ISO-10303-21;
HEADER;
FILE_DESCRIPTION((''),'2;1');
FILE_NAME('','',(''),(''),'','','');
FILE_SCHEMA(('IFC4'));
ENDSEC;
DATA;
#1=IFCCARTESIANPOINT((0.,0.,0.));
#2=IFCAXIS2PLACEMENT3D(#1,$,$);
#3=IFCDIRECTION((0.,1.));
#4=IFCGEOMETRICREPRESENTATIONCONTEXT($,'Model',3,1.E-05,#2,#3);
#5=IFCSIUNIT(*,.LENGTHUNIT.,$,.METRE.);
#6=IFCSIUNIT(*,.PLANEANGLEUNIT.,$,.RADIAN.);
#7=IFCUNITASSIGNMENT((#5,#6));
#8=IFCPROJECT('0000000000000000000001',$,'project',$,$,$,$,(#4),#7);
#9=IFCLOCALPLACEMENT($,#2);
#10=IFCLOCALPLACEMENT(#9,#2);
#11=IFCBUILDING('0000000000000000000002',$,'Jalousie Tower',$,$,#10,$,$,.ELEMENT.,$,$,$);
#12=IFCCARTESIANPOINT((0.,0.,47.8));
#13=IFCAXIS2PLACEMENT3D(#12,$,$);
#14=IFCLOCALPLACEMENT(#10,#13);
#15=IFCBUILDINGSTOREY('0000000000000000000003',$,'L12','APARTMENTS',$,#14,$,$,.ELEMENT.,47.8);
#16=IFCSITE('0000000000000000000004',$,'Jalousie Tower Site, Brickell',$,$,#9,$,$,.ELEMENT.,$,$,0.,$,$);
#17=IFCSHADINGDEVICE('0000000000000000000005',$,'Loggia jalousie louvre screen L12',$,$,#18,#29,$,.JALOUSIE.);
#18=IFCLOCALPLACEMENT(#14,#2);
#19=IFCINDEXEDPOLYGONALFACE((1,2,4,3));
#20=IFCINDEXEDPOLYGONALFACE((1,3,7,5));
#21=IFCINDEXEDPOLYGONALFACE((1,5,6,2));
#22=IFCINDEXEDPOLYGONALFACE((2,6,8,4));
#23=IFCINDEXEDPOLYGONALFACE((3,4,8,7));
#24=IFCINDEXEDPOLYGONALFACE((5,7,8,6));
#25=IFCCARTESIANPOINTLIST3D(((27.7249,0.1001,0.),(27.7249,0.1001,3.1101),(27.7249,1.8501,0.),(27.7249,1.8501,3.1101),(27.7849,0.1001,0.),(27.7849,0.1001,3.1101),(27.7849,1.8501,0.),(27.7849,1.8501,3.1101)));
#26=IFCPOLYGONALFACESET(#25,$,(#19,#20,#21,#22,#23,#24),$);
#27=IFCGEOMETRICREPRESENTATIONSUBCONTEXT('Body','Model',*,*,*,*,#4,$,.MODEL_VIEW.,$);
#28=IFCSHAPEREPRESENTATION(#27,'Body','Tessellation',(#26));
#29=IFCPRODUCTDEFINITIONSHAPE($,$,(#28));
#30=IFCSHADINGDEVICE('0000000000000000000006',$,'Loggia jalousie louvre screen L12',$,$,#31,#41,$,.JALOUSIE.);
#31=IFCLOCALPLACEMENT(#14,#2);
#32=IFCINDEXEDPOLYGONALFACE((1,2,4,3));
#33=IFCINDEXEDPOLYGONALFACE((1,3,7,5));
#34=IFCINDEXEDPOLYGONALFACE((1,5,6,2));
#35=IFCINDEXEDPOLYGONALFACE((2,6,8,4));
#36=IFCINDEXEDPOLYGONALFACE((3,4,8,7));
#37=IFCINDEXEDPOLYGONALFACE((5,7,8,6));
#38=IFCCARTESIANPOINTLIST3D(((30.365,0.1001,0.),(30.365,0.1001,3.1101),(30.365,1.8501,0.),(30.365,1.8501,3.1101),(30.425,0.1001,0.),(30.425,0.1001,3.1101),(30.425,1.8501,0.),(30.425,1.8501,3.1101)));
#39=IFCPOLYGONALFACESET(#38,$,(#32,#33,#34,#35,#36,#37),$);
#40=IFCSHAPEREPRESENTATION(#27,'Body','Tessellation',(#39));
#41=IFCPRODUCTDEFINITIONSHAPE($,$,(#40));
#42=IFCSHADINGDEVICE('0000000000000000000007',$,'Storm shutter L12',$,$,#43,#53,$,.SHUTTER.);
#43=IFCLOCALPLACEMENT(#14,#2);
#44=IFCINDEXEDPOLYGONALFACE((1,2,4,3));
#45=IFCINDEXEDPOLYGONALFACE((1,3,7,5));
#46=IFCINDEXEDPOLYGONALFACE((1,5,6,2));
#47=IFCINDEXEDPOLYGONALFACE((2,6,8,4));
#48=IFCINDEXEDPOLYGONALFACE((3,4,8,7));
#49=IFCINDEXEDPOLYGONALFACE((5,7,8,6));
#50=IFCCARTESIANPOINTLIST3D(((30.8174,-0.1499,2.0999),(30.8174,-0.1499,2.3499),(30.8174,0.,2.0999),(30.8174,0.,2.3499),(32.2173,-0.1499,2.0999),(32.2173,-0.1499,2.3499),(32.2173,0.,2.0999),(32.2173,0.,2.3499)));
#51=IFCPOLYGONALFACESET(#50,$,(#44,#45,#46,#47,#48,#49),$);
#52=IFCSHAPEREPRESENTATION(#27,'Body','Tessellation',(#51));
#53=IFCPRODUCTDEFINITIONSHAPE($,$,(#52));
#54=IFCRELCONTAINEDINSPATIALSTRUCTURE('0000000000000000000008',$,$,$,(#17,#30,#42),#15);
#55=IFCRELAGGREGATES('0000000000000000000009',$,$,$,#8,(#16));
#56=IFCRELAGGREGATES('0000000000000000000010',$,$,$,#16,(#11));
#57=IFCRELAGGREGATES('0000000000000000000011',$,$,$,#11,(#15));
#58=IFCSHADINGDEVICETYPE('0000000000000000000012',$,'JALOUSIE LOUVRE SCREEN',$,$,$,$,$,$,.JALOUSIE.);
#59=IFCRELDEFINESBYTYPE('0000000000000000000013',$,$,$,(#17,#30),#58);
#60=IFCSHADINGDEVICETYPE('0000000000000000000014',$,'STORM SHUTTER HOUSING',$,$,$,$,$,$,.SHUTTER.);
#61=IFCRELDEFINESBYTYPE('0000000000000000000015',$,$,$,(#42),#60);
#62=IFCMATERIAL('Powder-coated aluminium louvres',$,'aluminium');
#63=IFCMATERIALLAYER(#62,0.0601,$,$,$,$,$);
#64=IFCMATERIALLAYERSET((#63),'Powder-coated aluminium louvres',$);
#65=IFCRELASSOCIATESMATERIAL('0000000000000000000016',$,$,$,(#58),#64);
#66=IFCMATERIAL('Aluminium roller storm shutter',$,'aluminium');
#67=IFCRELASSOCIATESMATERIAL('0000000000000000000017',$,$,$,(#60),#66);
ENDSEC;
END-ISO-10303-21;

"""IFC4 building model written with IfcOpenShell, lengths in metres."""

from ifc_helpers import new_model, si_unit, direction, frame, origin, origin_2d, place, context, subcontext, project, spatial, rectangle, extrude, material, layer, layer_set, type_object, element, save


model = new_model("IFC4")

# Units and contexts
model_context = context("Model", 3, precision=1e-05, world=origin(), true_north=direction((0.0, 1.0)))
body_context = subcontext(model_context, "Body", "Model", "MODEL_VIEW")
ifc_project = project(units=[si_unit("LENGTHUNIT", "METRE"), si_unit("PLANEANGLEUNIT", "RADIAN")], contexts=[model_context])

# Site, building, storey
site_placement = place(None, origin())
site = spatial("IfcSite", under=ifc_project, at=site_placement, Name="Jalousie Tower Site, Brickell", CompositionType="ELEMENT", RefElevation=0.0)
building_placement = place(site_placement, origin())
building = spatial("IfcBuilding", under=site, at=building_placement, Name="Jalousie Tower", CompositionType="ELEMENT")
storey_placement = place(building_placement, frame((0.0, 0.0, 47.8)))
storey = spatial("IfcBuildingStorey", under=building, at=storey_placement, Name="L12", Description="APARTMENTS", CompositionType="ELEMENT", Elevation=47.8)

# Shading devices
ifc_material_1 = material(Name="Powder-coated aluminium louvres", Category="aluminium")
ifc_layer_1 = layer(ifc_material_1, 0.0601)
ifc_layer_set_1 = layer_set([ifc_layer_1], Name="Powder-coated aluminium louvres")
shading_device_type_1 = type_object("IfcShadingDeviceType", Name="JALOUSIE LOUVRE SCREEN", PredefinedType="JALOUSIE", material=ifc_layer_set_1)
for number, where, z_axis, x_axis, name in (
    (1, (27.7549, 0.9751, 0.0), (0.0, 0.0, 1.0), (1.0, 0.0, 0.0), "Loggia jalousie louvre screen L12"),
    (2, (30.395, 0.9751, 0.0), (0.0, 0.0, 1.0), (1.0, 0.0, 0.0), "Loggia jalousie louvre screen L12"),
):
    element("IfcShadingDevice", number, at=place(storey_placement, frame(where, z_axis=z_axis, x_axis=x_axis)), inside=storey, type_object=shading_device_type_1, Name=name, PredefinedType="JALOUSIE", context=body_context, shape_type="SweptSolid", body=[
        extrude(rectangle(XDim=0.0601, YDim=1.75, at=origin_2d()), origin(), (0.0, 0.0, 1.0), 3.1101),
    ])
ifc_material_2 = material(Name="Aluminium roller storm shutter", Category="aluminium")
shading_device_type_2 = type_object("IfcShadingDeviceType", Name="STORM SHUTTER HOUSING", PredefinedType="SHUTTER", material=ifc_material_2)
shading_device_placement = place(storey_placement, frame((31.5173, -0.075, 2.0999), z_axis=(0.0, 0.0, 1.0), x_axis=(1.0, 0.0, 0.0)))
element("IfcShadingDevice", 3, at=shading_device_placement, inside=storey, type_object=shading_device_type_2, Name="Storm shutter L12", PredefinedType="SHUTTER", context=body_context, shape_type="SweptSolid", body=[
    extrude(rectangle(XDim=1.3999, YDim=0.1499, at=origin_2d()), origin(), (0.0, 0.0, 1.0), 0.25),
])

save(model, "model.ifc")
